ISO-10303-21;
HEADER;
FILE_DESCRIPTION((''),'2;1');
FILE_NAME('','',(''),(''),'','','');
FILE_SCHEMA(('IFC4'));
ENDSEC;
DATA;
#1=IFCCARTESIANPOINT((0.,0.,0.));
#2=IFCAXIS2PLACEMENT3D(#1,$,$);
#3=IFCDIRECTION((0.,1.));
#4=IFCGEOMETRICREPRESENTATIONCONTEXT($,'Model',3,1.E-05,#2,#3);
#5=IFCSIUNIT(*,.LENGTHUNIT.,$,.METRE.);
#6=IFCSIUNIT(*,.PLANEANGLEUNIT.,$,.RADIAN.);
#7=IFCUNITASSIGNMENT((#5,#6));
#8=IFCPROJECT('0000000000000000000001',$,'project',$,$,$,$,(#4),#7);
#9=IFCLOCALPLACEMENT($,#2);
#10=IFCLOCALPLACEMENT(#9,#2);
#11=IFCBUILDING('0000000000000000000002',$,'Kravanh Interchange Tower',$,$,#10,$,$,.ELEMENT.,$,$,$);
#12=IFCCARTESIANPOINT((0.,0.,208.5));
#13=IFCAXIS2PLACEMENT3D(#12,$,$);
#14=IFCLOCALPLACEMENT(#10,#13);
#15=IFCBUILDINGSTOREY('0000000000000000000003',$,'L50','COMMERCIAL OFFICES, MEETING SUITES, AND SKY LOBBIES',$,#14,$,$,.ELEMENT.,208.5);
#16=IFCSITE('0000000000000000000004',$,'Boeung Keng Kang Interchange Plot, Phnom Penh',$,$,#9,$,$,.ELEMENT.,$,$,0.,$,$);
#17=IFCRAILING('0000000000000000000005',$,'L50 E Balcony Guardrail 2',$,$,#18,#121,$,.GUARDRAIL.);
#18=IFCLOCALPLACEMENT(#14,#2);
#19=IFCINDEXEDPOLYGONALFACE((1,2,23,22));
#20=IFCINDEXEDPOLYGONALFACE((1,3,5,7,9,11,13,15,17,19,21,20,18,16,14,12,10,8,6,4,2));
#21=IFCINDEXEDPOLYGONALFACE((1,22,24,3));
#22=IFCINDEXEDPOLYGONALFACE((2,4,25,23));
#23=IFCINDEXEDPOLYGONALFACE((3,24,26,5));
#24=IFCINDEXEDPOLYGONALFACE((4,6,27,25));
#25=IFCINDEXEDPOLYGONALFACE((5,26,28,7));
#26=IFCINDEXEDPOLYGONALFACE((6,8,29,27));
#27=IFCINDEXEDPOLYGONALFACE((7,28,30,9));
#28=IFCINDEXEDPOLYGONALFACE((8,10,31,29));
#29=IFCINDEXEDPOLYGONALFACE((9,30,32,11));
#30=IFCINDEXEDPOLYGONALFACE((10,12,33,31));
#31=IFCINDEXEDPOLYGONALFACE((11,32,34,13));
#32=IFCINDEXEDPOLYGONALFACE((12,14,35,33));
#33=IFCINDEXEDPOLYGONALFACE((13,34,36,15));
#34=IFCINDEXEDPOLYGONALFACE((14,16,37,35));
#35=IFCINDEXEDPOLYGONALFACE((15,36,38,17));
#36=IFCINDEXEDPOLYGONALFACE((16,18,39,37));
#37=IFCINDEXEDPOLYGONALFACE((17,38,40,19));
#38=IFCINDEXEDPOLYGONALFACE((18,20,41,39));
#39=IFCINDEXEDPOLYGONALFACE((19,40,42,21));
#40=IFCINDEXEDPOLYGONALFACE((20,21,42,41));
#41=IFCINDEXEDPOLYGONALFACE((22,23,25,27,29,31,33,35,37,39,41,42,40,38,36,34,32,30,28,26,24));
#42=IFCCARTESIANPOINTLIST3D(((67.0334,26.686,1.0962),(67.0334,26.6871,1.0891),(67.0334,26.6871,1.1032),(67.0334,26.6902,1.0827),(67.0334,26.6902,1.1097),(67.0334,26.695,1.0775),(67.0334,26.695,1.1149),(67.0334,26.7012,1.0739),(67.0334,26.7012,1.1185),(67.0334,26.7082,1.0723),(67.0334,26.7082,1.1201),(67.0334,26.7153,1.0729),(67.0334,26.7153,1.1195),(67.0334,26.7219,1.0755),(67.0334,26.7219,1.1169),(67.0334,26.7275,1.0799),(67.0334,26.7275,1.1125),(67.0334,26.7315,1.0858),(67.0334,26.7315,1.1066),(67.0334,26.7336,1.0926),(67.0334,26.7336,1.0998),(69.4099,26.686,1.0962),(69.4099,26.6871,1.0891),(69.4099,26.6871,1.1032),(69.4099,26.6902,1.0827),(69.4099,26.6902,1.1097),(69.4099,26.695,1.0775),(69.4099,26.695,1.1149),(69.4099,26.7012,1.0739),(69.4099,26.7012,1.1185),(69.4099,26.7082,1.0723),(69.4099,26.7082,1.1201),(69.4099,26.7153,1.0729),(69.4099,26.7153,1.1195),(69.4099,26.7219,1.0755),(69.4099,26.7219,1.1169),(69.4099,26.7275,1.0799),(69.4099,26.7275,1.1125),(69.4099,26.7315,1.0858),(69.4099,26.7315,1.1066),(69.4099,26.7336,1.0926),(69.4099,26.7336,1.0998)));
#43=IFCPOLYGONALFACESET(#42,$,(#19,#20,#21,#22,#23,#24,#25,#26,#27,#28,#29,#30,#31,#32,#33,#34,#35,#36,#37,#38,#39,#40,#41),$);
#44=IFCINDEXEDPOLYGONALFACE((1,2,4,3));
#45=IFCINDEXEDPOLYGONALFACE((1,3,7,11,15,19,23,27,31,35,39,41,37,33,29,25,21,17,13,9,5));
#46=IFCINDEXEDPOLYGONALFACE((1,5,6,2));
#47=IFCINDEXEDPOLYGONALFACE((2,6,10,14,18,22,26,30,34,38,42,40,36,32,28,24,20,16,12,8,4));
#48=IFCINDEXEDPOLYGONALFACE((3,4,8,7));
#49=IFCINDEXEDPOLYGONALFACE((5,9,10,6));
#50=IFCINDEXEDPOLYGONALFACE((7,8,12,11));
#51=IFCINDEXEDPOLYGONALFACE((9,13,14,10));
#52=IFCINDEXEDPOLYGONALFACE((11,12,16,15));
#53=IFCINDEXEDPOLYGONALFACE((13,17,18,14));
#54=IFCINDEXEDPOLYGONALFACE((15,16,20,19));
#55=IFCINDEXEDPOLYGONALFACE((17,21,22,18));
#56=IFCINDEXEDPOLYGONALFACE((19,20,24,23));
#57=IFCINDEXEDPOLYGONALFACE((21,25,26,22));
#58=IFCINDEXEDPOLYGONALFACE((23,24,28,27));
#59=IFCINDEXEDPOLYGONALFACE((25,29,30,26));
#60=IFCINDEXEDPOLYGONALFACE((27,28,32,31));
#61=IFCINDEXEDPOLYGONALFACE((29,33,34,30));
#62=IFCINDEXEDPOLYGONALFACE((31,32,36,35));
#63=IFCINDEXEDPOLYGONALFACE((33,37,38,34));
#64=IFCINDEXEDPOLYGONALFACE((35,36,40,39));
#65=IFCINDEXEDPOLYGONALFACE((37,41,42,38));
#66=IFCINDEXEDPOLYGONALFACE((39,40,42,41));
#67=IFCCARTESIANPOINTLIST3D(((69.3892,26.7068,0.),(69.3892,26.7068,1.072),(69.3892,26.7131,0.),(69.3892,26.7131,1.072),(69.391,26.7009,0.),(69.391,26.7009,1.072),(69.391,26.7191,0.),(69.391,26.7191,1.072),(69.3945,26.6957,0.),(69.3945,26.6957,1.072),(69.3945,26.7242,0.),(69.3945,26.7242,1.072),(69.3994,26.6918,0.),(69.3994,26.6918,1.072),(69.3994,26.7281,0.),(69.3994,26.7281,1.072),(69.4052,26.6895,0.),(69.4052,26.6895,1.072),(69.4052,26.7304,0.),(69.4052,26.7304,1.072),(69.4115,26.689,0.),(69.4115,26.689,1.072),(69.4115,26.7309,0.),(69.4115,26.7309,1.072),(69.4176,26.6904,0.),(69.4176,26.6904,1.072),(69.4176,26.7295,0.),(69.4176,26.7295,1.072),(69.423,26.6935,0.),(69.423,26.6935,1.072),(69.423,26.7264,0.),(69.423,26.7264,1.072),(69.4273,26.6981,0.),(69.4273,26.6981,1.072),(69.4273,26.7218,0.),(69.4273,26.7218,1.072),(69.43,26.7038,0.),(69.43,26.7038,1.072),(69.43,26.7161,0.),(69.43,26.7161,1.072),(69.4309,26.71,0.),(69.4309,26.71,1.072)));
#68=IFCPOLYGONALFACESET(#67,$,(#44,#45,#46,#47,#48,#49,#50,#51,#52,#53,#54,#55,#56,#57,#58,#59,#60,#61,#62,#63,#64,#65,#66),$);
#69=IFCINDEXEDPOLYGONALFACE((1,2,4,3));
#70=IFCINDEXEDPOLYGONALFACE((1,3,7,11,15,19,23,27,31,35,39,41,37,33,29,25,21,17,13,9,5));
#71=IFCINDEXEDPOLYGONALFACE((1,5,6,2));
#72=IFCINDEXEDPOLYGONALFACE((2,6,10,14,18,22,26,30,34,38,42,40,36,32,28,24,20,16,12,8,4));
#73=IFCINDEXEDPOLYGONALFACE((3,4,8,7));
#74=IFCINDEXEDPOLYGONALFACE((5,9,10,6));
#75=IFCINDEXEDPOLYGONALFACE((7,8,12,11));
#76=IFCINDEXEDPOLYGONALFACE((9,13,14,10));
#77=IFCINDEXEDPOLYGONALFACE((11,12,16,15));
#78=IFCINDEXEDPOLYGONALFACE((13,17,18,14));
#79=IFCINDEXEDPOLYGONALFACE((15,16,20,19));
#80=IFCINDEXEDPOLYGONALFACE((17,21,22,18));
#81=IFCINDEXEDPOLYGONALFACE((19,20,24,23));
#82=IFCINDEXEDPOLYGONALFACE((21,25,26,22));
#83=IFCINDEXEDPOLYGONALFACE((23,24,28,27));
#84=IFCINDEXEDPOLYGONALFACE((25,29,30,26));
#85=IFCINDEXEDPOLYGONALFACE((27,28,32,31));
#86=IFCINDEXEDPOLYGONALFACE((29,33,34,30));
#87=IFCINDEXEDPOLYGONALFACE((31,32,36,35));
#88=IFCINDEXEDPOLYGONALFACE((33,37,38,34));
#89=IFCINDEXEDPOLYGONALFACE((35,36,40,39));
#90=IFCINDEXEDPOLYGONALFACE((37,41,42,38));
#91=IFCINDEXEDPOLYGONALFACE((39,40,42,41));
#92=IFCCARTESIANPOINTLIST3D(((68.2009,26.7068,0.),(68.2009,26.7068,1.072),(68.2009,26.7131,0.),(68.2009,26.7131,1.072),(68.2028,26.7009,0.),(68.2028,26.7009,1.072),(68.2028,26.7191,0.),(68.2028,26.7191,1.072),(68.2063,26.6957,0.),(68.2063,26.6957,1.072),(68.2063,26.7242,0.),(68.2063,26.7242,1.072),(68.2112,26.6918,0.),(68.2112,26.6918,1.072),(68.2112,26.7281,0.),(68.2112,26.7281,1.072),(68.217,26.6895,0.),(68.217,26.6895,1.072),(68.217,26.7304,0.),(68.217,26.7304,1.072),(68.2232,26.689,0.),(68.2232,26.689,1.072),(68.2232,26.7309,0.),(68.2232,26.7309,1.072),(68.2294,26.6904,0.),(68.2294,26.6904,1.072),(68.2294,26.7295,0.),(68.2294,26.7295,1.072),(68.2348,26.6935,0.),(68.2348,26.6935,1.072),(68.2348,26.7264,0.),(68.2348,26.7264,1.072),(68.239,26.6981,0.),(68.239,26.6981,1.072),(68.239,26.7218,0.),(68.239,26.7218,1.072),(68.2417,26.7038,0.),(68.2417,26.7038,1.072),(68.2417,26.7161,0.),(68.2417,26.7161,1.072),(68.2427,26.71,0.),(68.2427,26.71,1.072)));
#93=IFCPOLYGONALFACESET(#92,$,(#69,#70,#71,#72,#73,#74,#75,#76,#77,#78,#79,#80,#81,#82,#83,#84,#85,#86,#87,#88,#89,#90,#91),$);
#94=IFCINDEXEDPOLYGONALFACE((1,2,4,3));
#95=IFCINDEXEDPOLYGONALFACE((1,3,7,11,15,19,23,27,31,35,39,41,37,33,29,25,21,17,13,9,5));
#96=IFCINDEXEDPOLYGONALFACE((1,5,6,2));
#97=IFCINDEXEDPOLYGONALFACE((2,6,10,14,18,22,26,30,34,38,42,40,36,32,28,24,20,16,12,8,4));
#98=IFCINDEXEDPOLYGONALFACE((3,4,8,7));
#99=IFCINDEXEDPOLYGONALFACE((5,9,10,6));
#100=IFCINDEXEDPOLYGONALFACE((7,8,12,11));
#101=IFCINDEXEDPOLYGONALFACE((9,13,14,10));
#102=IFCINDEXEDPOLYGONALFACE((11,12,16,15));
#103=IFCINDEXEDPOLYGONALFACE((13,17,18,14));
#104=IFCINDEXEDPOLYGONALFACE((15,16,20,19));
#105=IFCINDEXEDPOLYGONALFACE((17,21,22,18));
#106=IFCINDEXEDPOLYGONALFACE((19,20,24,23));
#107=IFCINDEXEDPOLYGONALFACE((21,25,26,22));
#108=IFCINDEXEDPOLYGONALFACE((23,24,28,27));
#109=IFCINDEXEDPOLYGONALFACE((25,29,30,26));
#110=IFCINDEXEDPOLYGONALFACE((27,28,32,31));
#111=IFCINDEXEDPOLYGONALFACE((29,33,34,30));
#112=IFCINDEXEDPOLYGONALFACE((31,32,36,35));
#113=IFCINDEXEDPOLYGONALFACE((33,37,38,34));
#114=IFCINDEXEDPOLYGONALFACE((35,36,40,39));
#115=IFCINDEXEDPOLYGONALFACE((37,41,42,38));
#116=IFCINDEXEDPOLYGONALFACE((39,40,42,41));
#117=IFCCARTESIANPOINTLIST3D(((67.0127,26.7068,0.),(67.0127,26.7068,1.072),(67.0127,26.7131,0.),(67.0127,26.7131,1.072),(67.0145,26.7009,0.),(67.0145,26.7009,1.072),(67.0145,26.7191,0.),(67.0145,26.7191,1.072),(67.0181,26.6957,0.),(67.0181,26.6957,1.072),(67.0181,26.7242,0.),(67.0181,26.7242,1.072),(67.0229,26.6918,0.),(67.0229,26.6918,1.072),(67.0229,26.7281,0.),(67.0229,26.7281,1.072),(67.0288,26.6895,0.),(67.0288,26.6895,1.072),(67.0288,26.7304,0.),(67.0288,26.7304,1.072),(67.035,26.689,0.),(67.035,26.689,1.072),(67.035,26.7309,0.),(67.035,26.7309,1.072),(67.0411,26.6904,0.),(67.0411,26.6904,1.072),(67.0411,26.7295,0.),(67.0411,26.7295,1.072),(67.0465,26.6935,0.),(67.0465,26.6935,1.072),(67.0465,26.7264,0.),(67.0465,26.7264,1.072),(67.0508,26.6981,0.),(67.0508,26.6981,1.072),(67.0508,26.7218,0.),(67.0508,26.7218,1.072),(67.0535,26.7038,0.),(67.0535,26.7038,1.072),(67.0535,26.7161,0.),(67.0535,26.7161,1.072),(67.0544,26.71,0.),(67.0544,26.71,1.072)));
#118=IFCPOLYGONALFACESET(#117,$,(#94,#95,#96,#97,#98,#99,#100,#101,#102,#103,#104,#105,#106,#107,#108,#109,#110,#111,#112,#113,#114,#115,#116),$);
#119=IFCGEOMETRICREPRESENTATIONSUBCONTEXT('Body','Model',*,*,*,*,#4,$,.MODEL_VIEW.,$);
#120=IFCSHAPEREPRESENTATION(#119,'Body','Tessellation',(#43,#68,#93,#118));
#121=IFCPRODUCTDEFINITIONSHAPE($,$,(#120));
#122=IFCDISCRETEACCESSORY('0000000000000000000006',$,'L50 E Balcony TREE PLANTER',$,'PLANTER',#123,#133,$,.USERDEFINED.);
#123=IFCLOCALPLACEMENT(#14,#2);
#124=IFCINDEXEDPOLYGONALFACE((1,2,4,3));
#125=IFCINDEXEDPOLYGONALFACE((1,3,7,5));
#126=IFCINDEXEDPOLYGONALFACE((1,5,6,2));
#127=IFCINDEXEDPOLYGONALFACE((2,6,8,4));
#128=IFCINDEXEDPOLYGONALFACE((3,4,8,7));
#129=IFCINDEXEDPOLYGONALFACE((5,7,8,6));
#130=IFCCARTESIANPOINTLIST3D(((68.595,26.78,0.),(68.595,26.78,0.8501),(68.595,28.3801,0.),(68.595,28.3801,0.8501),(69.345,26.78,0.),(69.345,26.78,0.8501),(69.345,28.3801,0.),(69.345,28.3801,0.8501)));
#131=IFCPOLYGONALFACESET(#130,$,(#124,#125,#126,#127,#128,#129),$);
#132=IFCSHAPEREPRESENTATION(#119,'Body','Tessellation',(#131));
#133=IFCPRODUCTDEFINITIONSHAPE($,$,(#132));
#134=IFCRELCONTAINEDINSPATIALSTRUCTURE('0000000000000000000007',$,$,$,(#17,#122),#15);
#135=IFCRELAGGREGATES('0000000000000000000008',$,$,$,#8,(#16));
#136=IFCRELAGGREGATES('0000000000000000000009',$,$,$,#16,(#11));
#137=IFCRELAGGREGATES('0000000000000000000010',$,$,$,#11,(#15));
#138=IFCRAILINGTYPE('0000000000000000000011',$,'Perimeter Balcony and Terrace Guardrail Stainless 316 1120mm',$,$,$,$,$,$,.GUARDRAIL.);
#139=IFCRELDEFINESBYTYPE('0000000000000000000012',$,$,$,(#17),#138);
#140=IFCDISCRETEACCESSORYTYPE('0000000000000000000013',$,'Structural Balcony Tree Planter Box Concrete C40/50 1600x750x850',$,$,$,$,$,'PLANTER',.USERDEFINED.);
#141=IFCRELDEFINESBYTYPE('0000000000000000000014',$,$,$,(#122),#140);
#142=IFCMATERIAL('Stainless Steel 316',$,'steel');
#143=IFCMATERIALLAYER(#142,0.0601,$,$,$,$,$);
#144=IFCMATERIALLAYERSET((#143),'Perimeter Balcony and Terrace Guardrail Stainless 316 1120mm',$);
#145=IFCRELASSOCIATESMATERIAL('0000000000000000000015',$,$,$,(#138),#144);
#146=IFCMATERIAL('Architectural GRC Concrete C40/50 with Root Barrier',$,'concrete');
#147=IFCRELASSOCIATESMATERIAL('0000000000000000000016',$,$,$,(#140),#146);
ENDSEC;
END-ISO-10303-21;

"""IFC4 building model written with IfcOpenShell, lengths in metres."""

from ifc_helpers import new_model, si_unit, direction, frame, origin, origin_2d, place, context, subcontext, project, spatial, rectangle, circle, extrude, material, layer, layer_set, type_object, element, save


model = new_model("IFC4")

# Units and contexts
model_context = context("Model", 3, precision=1e-05, world=origin(), true_north=direction((0.0, 1.0)))
body_context = subcontext(model_context, "Body", "Model", "MODEL_VIEW")
ifc_project = project(units=[si_unit("LENGTHUNIT", "METRE"), si_unit("PLANEANGLEUNIT", "RADIAN")], contexts=[model_context])

# Site, building, storey
site_placement = place(None, origin())
site = spatial("IfcSite", under=ifc_project, at=site_placement, Name="Boeung Keng Kang Interchange Plot, Phnom Penh", CompositionType="ELEMENT", RefElevation=0.0)
building_placement = place(site_placement, origin())
building = spatial("IfcBuilding", under=site, at=building_placement, Name="Kravanh Interchange Tower", CompositionType="ELEMENT")
storey_placement = place(building_placement, frame((0.0, 0.0, 208.5)))
storey = spatial("IfcBuildingStorey", under=building, at=storey_placement, Name="L50", Description="COMMERCIAL OFFICES, MEETING SUITES, AND SKY LOBBIES", CompositionType="ELEMENT", Elevation=208.5)

# Railing
ifc_material_1 = material(Name="Stainless Steel 316", Category="steel")
ifc_layer_1 = layer(ifc_material_1, 0.0601)
ifc_layer_set_1 = layer_set([ifc_layer_1], Name="Perimeter Balcony and Terrace Guardrail Stainless 316 1120mm")
railing_type = type_object("IfcRailingType", Name="Perimeter Balcony and Terrace Guardrail Stainless 316 1120mm", PredefinedType="GUARDRAIL", material=ifc_layer_set_1)
railing_placement = place(storey_placement, frame((69.4099, 26.71, 0.0)))
element("IfcRailing", 1, at=railing_placement, inside=storey, type_object=railing_type, Name="L50 E Balcony Guardrail 2", PredefinedType="GUARDRAIL", context=body_context, shape_type="SweptSolid", body=[
    extrude(circle(Radius=0.0239, at=origin_2d()), frame((0.0, 0.0, 1.0962), z_axis=(-1.0, 0.0, 0.0), x_axis=(0.0, -1.0, 0.0)), (0.0, 0.0, 1.0), 2.3765),
    extrude(circle(Radius=0.021, at=origin_2d()), origin(), (0.0, 0.0, 1.0), 1.072),
    extrude(circle(Radius=0.021, at=origin_2d()), frame((-1.1882, 0.0, 0.0)), (0.0, 0.0, 1.0), 1.072),
    extrude(circle(Radius=0.021, at=origin_2d()), frame((-2.3765, 0.0, 0.0)), (0.0, 0.0, 1.0), 1.072),
])

# Discrete accessory
ifc_material_2 = material(Name="Architectural GRC Concrete C40/50 with Root Barrier", Category="concrete")
discrete_accessory_type = type_object("IfcDiscreteAccessoryType", Name="Structural Balcony Tree Planter Box Concrete C40/50 1600x750x850", ElementType="PLANTER", PredefinedType="USERDEFINED", material=ifc_material_2)
discrete_accessory_placement = place(storey_placement, frame((68.97, 27.5801, 0.0), z_axis=(0.0, 0.0, 1.0), x_axis=(1.0, 0.0, 0.0)))
element("IfcDiscreteAccessory", 2, at=discrete_accessory_placement, inside=storey, type_object=discrete_accessory_type, Name="L50 E Balcony TREE PLANTER", ObjectType="PLANTER", PredefinedType="USERDEFINED", context=body_context, shape_type="SweptSolid", body=[
    extrude(rectangle(XDim=0.75, YDim=1.6001, at=origin_2d()), origin(), (0.0, 0.0, 1.0), 0.8501),
])

save(model, "model.ifc")
